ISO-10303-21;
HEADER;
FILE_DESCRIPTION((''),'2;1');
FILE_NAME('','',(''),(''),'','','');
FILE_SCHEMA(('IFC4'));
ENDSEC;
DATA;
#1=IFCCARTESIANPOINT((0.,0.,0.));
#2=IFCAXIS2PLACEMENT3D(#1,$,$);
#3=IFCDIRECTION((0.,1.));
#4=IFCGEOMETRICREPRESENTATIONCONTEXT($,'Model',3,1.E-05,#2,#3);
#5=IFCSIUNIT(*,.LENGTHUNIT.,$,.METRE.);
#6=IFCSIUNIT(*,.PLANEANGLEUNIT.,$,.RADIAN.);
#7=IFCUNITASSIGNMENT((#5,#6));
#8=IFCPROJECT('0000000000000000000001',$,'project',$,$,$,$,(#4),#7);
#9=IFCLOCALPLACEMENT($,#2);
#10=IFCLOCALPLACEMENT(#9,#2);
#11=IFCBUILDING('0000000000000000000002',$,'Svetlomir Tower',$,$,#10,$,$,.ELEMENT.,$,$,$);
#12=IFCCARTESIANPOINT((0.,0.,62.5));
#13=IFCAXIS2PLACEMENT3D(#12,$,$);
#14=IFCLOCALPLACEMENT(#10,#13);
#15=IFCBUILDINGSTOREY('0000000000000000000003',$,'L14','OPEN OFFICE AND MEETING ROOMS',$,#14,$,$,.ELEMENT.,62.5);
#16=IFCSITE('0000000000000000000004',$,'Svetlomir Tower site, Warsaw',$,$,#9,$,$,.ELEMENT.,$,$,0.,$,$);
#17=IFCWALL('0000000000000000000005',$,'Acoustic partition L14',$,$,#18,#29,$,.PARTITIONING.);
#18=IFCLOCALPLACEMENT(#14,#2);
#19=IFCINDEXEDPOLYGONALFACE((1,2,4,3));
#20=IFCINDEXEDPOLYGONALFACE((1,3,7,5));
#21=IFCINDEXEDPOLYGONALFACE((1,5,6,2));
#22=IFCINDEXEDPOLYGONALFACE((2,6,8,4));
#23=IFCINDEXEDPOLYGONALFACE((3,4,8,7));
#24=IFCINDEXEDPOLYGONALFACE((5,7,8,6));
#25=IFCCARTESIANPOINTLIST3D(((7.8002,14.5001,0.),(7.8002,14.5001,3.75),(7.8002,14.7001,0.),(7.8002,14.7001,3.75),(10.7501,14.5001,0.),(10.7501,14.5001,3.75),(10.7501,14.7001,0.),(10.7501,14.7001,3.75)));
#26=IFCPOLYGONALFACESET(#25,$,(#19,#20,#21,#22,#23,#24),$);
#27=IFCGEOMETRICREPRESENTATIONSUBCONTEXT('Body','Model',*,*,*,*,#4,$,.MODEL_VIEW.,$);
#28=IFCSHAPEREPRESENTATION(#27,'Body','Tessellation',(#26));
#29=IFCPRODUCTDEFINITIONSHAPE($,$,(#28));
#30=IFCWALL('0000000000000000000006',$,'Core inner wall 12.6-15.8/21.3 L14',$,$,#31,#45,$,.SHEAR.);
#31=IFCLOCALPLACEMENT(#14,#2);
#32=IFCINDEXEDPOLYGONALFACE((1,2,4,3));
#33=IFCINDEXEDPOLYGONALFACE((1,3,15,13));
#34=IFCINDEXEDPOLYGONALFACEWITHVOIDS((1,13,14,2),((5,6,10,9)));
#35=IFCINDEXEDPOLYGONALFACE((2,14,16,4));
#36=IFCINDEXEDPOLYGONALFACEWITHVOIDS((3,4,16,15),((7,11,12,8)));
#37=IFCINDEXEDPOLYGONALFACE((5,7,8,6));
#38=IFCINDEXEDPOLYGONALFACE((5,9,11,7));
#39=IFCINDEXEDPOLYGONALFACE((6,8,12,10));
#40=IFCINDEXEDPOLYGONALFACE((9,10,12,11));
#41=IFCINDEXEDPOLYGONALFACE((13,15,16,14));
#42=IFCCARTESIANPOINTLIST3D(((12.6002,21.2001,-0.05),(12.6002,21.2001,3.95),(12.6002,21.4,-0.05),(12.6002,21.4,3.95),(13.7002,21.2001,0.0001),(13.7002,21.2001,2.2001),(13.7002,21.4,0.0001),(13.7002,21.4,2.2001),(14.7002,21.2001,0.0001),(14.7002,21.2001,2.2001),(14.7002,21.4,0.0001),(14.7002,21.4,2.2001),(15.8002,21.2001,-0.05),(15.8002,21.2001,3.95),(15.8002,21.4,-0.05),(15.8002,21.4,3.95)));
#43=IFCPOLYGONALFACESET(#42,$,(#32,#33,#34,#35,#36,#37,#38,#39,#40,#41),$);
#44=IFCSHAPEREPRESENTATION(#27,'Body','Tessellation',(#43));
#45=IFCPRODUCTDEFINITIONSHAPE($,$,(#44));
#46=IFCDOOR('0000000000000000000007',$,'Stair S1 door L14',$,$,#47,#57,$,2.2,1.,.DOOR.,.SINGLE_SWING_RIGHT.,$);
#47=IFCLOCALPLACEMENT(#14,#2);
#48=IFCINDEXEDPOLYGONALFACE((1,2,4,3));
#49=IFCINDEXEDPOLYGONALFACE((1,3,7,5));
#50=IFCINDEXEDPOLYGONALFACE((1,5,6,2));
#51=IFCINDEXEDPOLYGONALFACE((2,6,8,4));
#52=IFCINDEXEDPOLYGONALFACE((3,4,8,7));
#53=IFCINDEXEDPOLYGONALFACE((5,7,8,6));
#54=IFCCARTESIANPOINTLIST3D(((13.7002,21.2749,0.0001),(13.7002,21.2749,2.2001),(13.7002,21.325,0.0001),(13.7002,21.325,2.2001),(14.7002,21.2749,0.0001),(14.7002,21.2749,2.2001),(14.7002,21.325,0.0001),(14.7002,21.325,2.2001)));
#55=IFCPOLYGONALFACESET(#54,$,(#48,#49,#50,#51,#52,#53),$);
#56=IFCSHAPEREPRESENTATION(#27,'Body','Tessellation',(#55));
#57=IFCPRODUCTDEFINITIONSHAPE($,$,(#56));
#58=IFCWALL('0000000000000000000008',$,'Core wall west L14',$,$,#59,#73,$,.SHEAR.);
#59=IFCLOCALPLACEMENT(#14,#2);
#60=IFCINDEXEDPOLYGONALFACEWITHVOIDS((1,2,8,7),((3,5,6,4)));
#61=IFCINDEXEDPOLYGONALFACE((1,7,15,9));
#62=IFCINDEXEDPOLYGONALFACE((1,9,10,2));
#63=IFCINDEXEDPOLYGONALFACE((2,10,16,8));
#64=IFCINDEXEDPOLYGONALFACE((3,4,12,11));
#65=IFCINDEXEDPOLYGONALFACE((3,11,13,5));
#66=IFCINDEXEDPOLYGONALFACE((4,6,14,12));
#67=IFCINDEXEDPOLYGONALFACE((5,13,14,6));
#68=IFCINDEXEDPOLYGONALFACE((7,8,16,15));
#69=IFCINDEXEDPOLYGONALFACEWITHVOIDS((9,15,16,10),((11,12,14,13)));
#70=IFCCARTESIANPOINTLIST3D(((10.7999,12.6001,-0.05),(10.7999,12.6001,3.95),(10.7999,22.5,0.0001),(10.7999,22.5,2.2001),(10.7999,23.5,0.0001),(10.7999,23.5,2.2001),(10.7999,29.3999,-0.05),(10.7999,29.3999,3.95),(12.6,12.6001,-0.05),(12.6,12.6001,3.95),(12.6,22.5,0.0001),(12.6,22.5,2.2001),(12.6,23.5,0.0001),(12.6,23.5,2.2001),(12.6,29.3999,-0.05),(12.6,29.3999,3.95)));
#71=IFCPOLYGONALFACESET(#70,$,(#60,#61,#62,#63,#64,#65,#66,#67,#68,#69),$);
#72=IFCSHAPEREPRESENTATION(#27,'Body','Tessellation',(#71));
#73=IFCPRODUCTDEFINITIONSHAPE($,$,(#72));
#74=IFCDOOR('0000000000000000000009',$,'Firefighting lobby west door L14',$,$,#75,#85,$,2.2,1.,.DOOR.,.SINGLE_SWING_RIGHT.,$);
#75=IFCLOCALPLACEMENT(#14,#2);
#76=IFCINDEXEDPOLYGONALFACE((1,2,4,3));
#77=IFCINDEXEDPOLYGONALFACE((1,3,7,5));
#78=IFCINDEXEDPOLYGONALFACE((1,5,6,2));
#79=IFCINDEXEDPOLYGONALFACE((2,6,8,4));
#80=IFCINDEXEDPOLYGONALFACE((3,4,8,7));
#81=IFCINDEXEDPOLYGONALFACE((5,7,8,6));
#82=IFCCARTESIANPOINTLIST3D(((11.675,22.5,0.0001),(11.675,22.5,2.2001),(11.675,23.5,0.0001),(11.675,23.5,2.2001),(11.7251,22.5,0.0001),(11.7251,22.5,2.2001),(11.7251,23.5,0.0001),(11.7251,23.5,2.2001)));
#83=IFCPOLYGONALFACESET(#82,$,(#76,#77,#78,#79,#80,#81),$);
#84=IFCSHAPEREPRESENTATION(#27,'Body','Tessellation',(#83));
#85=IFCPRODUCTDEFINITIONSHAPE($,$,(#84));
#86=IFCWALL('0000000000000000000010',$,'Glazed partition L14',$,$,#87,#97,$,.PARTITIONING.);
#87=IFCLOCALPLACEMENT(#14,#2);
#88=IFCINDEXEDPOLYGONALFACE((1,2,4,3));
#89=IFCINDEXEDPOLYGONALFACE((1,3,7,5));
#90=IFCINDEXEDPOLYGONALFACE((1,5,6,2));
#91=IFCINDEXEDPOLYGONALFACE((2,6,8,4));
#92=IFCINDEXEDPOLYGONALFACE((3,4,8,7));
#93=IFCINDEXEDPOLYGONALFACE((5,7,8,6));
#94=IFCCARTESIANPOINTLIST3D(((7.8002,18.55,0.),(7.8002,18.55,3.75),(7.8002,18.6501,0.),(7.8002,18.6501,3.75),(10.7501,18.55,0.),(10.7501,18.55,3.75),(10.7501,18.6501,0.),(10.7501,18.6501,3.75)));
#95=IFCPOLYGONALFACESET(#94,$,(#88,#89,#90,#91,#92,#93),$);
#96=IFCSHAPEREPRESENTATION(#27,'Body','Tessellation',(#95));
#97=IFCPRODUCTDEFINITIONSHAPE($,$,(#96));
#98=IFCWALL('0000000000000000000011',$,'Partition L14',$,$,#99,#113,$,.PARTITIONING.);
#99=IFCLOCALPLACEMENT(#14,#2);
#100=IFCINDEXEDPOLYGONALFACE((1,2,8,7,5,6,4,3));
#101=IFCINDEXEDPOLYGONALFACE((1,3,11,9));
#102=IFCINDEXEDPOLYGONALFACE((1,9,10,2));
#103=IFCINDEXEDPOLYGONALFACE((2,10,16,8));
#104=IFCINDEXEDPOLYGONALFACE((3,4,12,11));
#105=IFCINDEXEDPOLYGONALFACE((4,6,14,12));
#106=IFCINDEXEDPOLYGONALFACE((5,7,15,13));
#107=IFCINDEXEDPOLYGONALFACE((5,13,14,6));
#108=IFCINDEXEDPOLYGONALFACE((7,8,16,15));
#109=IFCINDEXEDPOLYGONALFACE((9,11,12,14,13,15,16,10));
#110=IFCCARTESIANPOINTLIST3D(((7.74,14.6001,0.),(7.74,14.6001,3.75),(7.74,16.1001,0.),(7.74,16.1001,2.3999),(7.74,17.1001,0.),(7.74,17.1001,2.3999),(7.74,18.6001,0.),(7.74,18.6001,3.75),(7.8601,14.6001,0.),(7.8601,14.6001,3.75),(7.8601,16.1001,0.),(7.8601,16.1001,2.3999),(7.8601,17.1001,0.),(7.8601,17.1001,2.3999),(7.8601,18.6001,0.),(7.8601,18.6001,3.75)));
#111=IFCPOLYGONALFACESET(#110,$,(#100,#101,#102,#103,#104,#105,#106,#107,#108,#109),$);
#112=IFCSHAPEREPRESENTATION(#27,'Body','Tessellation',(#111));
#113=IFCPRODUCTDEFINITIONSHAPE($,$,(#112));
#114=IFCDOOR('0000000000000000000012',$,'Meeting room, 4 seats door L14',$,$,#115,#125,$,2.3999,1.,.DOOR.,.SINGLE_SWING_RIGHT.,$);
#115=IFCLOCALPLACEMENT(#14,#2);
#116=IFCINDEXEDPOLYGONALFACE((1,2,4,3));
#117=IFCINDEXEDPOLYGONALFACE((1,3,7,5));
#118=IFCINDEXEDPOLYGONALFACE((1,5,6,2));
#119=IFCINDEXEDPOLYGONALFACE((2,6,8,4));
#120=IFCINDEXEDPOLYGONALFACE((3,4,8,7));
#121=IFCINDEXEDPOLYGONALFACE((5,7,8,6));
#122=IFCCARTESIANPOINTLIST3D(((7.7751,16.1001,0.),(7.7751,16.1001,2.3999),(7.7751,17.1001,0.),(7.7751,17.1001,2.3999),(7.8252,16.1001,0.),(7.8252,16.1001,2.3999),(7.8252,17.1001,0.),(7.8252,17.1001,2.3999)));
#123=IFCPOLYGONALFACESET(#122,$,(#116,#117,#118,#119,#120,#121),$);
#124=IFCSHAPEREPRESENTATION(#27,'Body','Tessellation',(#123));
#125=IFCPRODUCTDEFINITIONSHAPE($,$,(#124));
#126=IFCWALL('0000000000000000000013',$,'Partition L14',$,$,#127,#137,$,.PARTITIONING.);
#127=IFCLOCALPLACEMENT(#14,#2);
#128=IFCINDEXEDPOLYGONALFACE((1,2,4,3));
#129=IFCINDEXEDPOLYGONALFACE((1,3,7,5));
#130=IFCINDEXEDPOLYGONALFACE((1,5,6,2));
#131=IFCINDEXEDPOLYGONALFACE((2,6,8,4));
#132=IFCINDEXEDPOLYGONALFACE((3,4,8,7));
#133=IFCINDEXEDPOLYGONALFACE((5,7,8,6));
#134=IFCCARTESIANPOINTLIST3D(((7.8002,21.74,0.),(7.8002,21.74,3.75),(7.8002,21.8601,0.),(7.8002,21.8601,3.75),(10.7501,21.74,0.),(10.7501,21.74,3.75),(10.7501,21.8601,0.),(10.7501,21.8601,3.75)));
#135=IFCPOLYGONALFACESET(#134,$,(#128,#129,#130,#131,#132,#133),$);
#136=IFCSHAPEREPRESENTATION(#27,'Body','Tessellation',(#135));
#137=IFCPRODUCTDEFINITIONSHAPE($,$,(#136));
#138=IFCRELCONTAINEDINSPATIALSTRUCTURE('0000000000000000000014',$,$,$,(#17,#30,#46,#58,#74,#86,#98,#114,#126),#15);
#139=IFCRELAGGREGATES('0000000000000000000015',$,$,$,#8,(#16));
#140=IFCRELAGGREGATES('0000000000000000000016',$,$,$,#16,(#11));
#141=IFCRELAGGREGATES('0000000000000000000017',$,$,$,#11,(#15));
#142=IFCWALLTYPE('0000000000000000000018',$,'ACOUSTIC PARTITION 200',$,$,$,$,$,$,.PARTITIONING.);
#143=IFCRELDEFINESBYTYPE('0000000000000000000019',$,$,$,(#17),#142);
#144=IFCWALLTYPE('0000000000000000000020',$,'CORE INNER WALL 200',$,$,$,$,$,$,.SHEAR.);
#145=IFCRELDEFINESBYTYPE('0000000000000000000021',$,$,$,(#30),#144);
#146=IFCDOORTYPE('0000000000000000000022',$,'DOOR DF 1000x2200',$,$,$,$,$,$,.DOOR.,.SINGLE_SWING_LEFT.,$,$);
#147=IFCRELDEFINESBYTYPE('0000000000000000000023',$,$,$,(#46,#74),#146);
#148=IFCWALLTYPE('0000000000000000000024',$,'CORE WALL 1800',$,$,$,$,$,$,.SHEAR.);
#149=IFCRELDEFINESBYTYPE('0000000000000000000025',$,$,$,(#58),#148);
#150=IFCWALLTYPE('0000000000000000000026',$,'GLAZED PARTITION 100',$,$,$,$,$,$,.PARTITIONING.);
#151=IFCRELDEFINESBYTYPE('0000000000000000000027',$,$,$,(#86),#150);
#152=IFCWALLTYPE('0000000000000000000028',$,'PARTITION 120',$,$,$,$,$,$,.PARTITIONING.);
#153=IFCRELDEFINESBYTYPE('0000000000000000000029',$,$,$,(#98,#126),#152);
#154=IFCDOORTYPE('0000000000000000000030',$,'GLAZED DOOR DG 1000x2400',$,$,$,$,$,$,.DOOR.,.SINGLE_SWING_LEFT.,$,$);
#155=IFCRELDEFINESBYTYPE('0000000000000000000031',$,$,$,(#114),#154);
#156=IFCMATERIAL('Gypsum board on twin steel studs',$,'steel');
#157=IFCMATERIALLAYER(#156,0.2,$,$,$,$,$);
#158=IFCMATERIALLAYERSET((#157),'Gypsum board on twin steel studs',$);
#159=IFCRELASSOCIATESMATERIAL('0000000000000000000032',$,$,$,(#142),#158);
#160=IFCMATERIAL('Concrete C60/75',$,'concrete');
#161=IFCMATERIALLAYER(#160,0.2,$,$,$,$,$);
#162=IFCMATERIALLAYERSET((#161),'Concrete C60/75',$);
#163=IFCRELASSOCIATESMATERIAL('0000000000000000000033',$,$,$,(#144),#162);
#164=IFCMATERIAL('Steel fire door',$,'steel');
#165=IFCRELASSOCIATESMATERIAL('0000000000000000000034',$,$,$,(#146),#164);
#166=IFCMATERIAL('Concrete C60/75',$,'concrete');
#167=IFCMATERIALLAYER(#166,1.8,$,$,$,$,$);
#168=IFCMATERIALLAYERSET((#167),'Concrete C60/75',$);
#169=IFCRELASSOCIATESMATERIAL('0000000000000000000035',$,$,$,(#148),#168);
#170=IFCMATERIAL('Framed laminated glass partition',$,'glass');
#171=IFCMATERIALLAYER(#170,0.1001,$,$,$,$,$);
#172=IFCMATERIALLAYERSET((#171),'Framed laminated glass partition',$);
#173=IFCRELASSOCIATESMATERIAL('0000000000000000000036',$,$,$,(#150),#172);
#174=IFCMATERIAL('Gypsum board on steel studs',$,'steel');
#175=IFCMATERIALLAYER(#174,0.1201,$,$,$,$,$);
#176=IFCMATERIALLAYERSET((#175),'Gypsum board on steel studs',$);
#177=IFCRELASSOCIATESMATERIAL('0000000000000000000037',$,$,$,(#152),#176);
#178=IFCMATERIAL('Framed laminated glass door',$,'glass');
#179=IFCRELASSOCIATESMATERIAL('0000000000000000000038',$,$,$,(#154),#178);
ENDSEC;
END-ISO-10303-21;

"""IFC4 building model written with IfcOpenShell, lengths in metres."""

from ifc_helpers import new_model, si_unit, direction, frame, frame_2d, origin, place, context, subcontext, project, spatial, rectangle, extrude, material, layer, layer_set, type_object, element, fill, save


model = new_model("IFC4")

# Units and contexts
model_context = context("Model", 3, precision=1e-05, world=origin(), true_north=direction((0.0, 1.0)))
body_context = subcontext(model_context, "Body", "Model", "MODEL_VIEW")
ifc_project = project(units=[si_unit("LENGTHUNIT", "METRE"), si_unit("PLANEANGLEUNIT", "RADIAN")], contexts=[model_context])

# Site, building, storey
site_placement = place(None, origin())
site = spatial("IfcSite", under=ifc_project, at=site_placement, Name="Svetlomir Tower site, Warsaw", CompositionType="ELEMENT", RefElevation=0.0)
building_placement = place(site_placement, origin())
building = spatial("IfcBuilding", under=site, at=building_placement, Name="Svetlomir Tower", CompositionType="ELEMENT")
storey_placement = place(building_placement, frame((0.0, 0.0, 62.5)))
storey = spatial("IfcBuildingStorey", under=building, at=storey_placement, Name="L14", Description="OPEN OFFICE AND MEETING ROOMS", CompositionType="ELEMENT", Elevation=62.5)

# Wall
ifc_material_1 = material(Name="Gypsum board on twin steel studs", Category="steel")
ifc_layer_1 = layer(ifc_material_1, 0.2)
ifc_layer_set_1 = layer_set([ifc_layer_1], Name="Gypsum board on twin steel studs")
wall_type_1 = type_object("IfcWallType", Name="ACOUSTIC PARTITION 200", PredefinedType="PARTITIONING", material=ifc_layer_set_1)
wall_1_placement = place(storey_placement, frame((7.8, 14.6001, 0.0), z_axis=(0.0, 0.0, 1.0), x_axis=(1.0, 0.0, 0.0)))
element("IfcWall", 1, at=wall_1_placement, inside=storey, type_object=wall_type_1, Name="Acoustic partition L14", PredefinedType="PARTITIONING", context=body_context, shape_type="SweptSolid", body=[
    extrude(rectangle(XDim=2.95, YDim=0.2, at=frame_2d((1.4751, 0.0))), origin(), (0.0, 0.0, 1.0), 3.75),
])

# Walls, openings, doors
ifc_material_2 = material(Name="Concrete C60/75", Category="concrete")
ifc_layer_2 = layer(ifc_material_2, 0.2)
ifc_layer_set_2 = layer_set([ifc_layer_2], Name="Concrete C60/75")
wall_type_2 = type_object("IfcWallType", Name="CORE INNER WALL 200", PredefinedType="SHEAR", material=ifc_layer_set_2)
wall_2_placement = place(storey_placement, frame((12.6001, 21.3, -0.05), z_axis=(0.0, 0.0, 1.0), x_axis=(1.0, 0.0, 0.0)))
wall_2 = element("IfcWall", 2, at=wall_2_placement, inside=storey, type_object=wall_type_2, Name="Core inner wall 12.6-15.8/21.3 L14", PredefinedType="SHEAR", context=body_context, shape_type="SweptSolid", body=[
    extrude(rectangle(XDim=3.2, YDim=0.2, at=frame_2d((1.6001, 0.0))), origin(), (0.0, 0.0, 1.0), 4.0),
])
opening_1_placement = place(wall_2_placement, frame((1.1001, 0.0, 0.05)))
opening_1 = element("IfcOpeningElement", 3, at=opening_1_placement, cuts=wall_2, PredefinedType="OPENING", context=body_context, shape_type="SweptSolid", body=[
    extrude(rectangle(XDim=1.0, YDim=2.2, at=frame_2d((0.5, 1.1001))), frame((0.0, 0.1099, 0.0), z_axis=(0.0, -1.0, 0.0), x_axis=(1.0, 0.0, 0.0)), (0.0, 0.0, 1.0), 0.22),
])
ifc_material_3 = material(Name="Steel fire door", Category="steel")
door_type_1 = type_object("IfcDoorType", Name="DOOR DF 1000x2200", OperationType="SINGLE_SWING_LEFT", PredefinedType="DOOR", material=ifc_material_3)
door_1_placement = place(opening_1_placement, origin())
door_1 = element("IfcDoor", 4, at=door_1_placement, inside=storey, type_object=door_type_1, Name="Stair S1 door L14", OperationType="SINGLE_SWING_RIGHT", OverallHeight=2.2, OverallWidth=1.0, PredefinedType="DOOR", context=body_context, shape_type="SweptSolid", body=[
    extrude(rectangle(XDim=1.0, YDim=2.2, at=frame_2d((0.5, 1.1001))), frame((0.0, 0.0249, 0.0), z_axis=(0.0, -1.0, 0.0), x_axis=(1.0, 0.0, 0.0)), (0.0, 0.0, 1.0), 0.05),
])
fill(opening_1, door_1)
ifc_material_4 = material(Name="Concrete C60/75", Category="concrete")
ifc_layer_3 = layer(ifc_material_4, 1.8)
ifc_layer_set_3 = layer_set([ifc_layer_3], Name="Concrete C60/75")
wall_type_3 = type_object("IfcWallType", Name="CORE WALL 1800", PredefinedType="SHEAR", material=ifc_layer_set_3)
wall_3_placement = place(storey_placement, frame((11.7, 12.6001, -0.05), z_axis=(0.0, 0.0, 1.0), x_axis=(0.0, 1.0, 0.0)))
wall_3 = element("IfcWall", 5, at=wall_3_placement, inside=storey, type_object=wall_type_3, Name="Core wall west L14", PredefinedType="SHEAR", context=body_context, shape_type="SweptSolid", body=[
    extrude(rectangle(XDim=16.7998, YDim=1.8, at=frame_2d((8.3999, 0.0))), origin(), (0.0, 0.0, 1.0), 4.0),
])
opening_2_placement = place(wall_3_placement, frame((9.8999, 0.0, 0.05)))
opening_2 = element("IfcOpeningElement", 6, at=opening_2_placement, cuts=wall_3, PredefinedType="OPENING", context=body_context, shape_type="SweptSolid", body=[
    extrude(rectangle(XDim=1.0, YDim=2.2, at=frame_2d((0.5, 1.1001))), frame((0.0, 0.9102, 0.0), z_axis=(0.0, -1.0, 0.0), x_axis=(1.0, 0.0, 0.0)), (0.0, 0.0, 1.0), 1.8201),
])
door_2_placement = place(opening_2_placement, origin())
door_2 = element("IfcDoor", 7, at=door_2_placement, inside=storey, type_object=door_type_1, Name="Firefighting lobby west door L14", OperationType="SINGLE_SWING_RIGHT", OverallHeight=2.2, OverallWidth=1.0, PredefinedType="DOOR", context=body_context, shape_type="SweptSolid", body=[
    extrude(rectangle(XDim=1.0, YDim=2.2, at=frame_2d((0.5, 1.1001))), frame((0.0, 0.0249, 0.0), z_axis=(0.0, -1.0, 0.0), x_axis=(1.0, 0.0, 0.0)), (0.0, 0.0, 1.0), 0.05),
])
fill(opening_2, door_2)

# Wall
ifc_material_5 = material(Name="Framed laminated glass partition", Category="glass")
ifc_layer_4 = layer(ifc_material_5, 0.1001)
ifc_layer_set_4 = layer_set([ifc_layer_4], Name="Framed laminated glass partition")
wall_type_4 = type_object("IfcWallType", Name="GLAZED PARTITION 100", PredefinedType="PARTITIONING", material=ifc_layer_set_4)
wall_4_placement = place(storey_placement, frame((7.8, 18.6001, 0.0), z_axis=(0.0, 0.0, 1.0), x_axis=(1.0, 0.0, 0.0)))
element("IfcWall", 8, at=wall_4_placement, inside=storey, type_object=wall_type_4, Name="Glazed partition L14", PredefinedType="PARTITIONING", context=body_context, shape_type="SweptSolid", body=[
    extrude(rectangle(XDim=2.95, YDim=0.1001, at=frame_2d((1.4751, 0.0))), origin(), (0.0, 0.0, 1.0), 3.75),
])

# Wall, opening, door
ifc_material_6 = material(Name="Gypsum board on steel studs", Category="steel")
ifc_layer_5 = layer(ifc_material_6, 0.1201)
ifc_layer_set_5 = layer_set([ifc_layer_5], Name="Gypsum board on steel studs")
wall_type_5 = type_object("IfcWallType", Name="PARTITION 120", PredefinedType="PARTITIONING", material=ifc_layer_set_5)
wall_5_placement = place(storey_placement, frame((7.8, 14.6001, 0.0), z_axis=(0.0, 0.0, 1.0), x_axis=(0.0, 1.0, 0.0)))
wall_5 = element("IfcWall", 9, at=wall_5_placement, inside=storey, type_object=wall_type_5, Name="Partition L14", PredefinedType="PARTITIONING", context=body_context, shape_type="SweptSolid", body=[
    extrude(rectangle(XDim=4.0, YDim=0.1201, at=frame_2d((2.0, 0.0))), origin(), (0.0, 0.0, 1.0), 3.75),
])
opening_3_placement = place(wall_5_placement, frame((1.5, 0.0, 0.0)))
opening_3 = element("IfcOpeningElement", 10, at=opening_3_placement, cuts=wall_5, PredefinedType="OPENING", context=body_context, shape_type="SweptSolid", body=[
    extrude(rectangle(XDim=1.0, YDim=2.3999, at=frame_2d((0.5, 1.2))), frame((0.0, 0.0701, 0.0), z_axis=(0.0, -1.0, 0.0), x_axis=(1.0, 0.0, 0.0)), (0.0, 0.0, 1.0), 0.1401),
])
ifc_material_7 = material(Name="Framed laminated glass door", Category="glass")
door_type_2 = type_object("IfcDoorType", Name="GLAZED DOOR DG 1000x2400", OperationType="SINGLE_SWING_LEFT", PredefinedType="DOOR", material=ifc_material_7)
door_3_placement = place(opening_3_placement, origin())
door_3 = element("IfcDoor", 11, at=door_3_placement, inside=storey, type_object=door_type_2, Name="Meeting room, 4 seats door L14", OperationType="SINGLE_SWING_RIGHT", OverallHeight=2.3999, OverallWidth=1.0, PredefinedType="DOOR", context=body_context, shape_type="SweptSolid", body=[
    extrude(rectangle(XDim=1.0, YDim=2.3999, at=frame_2d((0.5, 1.2))), frame((0.0, 0.0249, 0.0), z_axis=(0.0, -1.0, 0.0), x_axis=(1.0, 0.0, 0.0)), (0.0, 0.0, 1.0), 0.05),
])
fill(opening_3, door_3)

# Wall
wall_6_placement = place(storey_placement, frame((7.8, 21.8, 0.0), z_axis=(0.0, 0.0, 1.0), x_axis=(1.0, 0.0, 0.0)))
element("IfcWall", 12, at=wall_6_placement, inside=storey, type_object=wall_type_5, Name="Partition L14", PredefinedType="PARTITIONING", context=body_context, shape_type="SweptSolid", body=[
    extrude(rectangle(XDim=2.95, YDim=0.1201, at=frame_2d((1.4751, 0.0))), origin(), (0.0, 0.0, 1.0), 3.75),
])

save(model, "model.ifc")
